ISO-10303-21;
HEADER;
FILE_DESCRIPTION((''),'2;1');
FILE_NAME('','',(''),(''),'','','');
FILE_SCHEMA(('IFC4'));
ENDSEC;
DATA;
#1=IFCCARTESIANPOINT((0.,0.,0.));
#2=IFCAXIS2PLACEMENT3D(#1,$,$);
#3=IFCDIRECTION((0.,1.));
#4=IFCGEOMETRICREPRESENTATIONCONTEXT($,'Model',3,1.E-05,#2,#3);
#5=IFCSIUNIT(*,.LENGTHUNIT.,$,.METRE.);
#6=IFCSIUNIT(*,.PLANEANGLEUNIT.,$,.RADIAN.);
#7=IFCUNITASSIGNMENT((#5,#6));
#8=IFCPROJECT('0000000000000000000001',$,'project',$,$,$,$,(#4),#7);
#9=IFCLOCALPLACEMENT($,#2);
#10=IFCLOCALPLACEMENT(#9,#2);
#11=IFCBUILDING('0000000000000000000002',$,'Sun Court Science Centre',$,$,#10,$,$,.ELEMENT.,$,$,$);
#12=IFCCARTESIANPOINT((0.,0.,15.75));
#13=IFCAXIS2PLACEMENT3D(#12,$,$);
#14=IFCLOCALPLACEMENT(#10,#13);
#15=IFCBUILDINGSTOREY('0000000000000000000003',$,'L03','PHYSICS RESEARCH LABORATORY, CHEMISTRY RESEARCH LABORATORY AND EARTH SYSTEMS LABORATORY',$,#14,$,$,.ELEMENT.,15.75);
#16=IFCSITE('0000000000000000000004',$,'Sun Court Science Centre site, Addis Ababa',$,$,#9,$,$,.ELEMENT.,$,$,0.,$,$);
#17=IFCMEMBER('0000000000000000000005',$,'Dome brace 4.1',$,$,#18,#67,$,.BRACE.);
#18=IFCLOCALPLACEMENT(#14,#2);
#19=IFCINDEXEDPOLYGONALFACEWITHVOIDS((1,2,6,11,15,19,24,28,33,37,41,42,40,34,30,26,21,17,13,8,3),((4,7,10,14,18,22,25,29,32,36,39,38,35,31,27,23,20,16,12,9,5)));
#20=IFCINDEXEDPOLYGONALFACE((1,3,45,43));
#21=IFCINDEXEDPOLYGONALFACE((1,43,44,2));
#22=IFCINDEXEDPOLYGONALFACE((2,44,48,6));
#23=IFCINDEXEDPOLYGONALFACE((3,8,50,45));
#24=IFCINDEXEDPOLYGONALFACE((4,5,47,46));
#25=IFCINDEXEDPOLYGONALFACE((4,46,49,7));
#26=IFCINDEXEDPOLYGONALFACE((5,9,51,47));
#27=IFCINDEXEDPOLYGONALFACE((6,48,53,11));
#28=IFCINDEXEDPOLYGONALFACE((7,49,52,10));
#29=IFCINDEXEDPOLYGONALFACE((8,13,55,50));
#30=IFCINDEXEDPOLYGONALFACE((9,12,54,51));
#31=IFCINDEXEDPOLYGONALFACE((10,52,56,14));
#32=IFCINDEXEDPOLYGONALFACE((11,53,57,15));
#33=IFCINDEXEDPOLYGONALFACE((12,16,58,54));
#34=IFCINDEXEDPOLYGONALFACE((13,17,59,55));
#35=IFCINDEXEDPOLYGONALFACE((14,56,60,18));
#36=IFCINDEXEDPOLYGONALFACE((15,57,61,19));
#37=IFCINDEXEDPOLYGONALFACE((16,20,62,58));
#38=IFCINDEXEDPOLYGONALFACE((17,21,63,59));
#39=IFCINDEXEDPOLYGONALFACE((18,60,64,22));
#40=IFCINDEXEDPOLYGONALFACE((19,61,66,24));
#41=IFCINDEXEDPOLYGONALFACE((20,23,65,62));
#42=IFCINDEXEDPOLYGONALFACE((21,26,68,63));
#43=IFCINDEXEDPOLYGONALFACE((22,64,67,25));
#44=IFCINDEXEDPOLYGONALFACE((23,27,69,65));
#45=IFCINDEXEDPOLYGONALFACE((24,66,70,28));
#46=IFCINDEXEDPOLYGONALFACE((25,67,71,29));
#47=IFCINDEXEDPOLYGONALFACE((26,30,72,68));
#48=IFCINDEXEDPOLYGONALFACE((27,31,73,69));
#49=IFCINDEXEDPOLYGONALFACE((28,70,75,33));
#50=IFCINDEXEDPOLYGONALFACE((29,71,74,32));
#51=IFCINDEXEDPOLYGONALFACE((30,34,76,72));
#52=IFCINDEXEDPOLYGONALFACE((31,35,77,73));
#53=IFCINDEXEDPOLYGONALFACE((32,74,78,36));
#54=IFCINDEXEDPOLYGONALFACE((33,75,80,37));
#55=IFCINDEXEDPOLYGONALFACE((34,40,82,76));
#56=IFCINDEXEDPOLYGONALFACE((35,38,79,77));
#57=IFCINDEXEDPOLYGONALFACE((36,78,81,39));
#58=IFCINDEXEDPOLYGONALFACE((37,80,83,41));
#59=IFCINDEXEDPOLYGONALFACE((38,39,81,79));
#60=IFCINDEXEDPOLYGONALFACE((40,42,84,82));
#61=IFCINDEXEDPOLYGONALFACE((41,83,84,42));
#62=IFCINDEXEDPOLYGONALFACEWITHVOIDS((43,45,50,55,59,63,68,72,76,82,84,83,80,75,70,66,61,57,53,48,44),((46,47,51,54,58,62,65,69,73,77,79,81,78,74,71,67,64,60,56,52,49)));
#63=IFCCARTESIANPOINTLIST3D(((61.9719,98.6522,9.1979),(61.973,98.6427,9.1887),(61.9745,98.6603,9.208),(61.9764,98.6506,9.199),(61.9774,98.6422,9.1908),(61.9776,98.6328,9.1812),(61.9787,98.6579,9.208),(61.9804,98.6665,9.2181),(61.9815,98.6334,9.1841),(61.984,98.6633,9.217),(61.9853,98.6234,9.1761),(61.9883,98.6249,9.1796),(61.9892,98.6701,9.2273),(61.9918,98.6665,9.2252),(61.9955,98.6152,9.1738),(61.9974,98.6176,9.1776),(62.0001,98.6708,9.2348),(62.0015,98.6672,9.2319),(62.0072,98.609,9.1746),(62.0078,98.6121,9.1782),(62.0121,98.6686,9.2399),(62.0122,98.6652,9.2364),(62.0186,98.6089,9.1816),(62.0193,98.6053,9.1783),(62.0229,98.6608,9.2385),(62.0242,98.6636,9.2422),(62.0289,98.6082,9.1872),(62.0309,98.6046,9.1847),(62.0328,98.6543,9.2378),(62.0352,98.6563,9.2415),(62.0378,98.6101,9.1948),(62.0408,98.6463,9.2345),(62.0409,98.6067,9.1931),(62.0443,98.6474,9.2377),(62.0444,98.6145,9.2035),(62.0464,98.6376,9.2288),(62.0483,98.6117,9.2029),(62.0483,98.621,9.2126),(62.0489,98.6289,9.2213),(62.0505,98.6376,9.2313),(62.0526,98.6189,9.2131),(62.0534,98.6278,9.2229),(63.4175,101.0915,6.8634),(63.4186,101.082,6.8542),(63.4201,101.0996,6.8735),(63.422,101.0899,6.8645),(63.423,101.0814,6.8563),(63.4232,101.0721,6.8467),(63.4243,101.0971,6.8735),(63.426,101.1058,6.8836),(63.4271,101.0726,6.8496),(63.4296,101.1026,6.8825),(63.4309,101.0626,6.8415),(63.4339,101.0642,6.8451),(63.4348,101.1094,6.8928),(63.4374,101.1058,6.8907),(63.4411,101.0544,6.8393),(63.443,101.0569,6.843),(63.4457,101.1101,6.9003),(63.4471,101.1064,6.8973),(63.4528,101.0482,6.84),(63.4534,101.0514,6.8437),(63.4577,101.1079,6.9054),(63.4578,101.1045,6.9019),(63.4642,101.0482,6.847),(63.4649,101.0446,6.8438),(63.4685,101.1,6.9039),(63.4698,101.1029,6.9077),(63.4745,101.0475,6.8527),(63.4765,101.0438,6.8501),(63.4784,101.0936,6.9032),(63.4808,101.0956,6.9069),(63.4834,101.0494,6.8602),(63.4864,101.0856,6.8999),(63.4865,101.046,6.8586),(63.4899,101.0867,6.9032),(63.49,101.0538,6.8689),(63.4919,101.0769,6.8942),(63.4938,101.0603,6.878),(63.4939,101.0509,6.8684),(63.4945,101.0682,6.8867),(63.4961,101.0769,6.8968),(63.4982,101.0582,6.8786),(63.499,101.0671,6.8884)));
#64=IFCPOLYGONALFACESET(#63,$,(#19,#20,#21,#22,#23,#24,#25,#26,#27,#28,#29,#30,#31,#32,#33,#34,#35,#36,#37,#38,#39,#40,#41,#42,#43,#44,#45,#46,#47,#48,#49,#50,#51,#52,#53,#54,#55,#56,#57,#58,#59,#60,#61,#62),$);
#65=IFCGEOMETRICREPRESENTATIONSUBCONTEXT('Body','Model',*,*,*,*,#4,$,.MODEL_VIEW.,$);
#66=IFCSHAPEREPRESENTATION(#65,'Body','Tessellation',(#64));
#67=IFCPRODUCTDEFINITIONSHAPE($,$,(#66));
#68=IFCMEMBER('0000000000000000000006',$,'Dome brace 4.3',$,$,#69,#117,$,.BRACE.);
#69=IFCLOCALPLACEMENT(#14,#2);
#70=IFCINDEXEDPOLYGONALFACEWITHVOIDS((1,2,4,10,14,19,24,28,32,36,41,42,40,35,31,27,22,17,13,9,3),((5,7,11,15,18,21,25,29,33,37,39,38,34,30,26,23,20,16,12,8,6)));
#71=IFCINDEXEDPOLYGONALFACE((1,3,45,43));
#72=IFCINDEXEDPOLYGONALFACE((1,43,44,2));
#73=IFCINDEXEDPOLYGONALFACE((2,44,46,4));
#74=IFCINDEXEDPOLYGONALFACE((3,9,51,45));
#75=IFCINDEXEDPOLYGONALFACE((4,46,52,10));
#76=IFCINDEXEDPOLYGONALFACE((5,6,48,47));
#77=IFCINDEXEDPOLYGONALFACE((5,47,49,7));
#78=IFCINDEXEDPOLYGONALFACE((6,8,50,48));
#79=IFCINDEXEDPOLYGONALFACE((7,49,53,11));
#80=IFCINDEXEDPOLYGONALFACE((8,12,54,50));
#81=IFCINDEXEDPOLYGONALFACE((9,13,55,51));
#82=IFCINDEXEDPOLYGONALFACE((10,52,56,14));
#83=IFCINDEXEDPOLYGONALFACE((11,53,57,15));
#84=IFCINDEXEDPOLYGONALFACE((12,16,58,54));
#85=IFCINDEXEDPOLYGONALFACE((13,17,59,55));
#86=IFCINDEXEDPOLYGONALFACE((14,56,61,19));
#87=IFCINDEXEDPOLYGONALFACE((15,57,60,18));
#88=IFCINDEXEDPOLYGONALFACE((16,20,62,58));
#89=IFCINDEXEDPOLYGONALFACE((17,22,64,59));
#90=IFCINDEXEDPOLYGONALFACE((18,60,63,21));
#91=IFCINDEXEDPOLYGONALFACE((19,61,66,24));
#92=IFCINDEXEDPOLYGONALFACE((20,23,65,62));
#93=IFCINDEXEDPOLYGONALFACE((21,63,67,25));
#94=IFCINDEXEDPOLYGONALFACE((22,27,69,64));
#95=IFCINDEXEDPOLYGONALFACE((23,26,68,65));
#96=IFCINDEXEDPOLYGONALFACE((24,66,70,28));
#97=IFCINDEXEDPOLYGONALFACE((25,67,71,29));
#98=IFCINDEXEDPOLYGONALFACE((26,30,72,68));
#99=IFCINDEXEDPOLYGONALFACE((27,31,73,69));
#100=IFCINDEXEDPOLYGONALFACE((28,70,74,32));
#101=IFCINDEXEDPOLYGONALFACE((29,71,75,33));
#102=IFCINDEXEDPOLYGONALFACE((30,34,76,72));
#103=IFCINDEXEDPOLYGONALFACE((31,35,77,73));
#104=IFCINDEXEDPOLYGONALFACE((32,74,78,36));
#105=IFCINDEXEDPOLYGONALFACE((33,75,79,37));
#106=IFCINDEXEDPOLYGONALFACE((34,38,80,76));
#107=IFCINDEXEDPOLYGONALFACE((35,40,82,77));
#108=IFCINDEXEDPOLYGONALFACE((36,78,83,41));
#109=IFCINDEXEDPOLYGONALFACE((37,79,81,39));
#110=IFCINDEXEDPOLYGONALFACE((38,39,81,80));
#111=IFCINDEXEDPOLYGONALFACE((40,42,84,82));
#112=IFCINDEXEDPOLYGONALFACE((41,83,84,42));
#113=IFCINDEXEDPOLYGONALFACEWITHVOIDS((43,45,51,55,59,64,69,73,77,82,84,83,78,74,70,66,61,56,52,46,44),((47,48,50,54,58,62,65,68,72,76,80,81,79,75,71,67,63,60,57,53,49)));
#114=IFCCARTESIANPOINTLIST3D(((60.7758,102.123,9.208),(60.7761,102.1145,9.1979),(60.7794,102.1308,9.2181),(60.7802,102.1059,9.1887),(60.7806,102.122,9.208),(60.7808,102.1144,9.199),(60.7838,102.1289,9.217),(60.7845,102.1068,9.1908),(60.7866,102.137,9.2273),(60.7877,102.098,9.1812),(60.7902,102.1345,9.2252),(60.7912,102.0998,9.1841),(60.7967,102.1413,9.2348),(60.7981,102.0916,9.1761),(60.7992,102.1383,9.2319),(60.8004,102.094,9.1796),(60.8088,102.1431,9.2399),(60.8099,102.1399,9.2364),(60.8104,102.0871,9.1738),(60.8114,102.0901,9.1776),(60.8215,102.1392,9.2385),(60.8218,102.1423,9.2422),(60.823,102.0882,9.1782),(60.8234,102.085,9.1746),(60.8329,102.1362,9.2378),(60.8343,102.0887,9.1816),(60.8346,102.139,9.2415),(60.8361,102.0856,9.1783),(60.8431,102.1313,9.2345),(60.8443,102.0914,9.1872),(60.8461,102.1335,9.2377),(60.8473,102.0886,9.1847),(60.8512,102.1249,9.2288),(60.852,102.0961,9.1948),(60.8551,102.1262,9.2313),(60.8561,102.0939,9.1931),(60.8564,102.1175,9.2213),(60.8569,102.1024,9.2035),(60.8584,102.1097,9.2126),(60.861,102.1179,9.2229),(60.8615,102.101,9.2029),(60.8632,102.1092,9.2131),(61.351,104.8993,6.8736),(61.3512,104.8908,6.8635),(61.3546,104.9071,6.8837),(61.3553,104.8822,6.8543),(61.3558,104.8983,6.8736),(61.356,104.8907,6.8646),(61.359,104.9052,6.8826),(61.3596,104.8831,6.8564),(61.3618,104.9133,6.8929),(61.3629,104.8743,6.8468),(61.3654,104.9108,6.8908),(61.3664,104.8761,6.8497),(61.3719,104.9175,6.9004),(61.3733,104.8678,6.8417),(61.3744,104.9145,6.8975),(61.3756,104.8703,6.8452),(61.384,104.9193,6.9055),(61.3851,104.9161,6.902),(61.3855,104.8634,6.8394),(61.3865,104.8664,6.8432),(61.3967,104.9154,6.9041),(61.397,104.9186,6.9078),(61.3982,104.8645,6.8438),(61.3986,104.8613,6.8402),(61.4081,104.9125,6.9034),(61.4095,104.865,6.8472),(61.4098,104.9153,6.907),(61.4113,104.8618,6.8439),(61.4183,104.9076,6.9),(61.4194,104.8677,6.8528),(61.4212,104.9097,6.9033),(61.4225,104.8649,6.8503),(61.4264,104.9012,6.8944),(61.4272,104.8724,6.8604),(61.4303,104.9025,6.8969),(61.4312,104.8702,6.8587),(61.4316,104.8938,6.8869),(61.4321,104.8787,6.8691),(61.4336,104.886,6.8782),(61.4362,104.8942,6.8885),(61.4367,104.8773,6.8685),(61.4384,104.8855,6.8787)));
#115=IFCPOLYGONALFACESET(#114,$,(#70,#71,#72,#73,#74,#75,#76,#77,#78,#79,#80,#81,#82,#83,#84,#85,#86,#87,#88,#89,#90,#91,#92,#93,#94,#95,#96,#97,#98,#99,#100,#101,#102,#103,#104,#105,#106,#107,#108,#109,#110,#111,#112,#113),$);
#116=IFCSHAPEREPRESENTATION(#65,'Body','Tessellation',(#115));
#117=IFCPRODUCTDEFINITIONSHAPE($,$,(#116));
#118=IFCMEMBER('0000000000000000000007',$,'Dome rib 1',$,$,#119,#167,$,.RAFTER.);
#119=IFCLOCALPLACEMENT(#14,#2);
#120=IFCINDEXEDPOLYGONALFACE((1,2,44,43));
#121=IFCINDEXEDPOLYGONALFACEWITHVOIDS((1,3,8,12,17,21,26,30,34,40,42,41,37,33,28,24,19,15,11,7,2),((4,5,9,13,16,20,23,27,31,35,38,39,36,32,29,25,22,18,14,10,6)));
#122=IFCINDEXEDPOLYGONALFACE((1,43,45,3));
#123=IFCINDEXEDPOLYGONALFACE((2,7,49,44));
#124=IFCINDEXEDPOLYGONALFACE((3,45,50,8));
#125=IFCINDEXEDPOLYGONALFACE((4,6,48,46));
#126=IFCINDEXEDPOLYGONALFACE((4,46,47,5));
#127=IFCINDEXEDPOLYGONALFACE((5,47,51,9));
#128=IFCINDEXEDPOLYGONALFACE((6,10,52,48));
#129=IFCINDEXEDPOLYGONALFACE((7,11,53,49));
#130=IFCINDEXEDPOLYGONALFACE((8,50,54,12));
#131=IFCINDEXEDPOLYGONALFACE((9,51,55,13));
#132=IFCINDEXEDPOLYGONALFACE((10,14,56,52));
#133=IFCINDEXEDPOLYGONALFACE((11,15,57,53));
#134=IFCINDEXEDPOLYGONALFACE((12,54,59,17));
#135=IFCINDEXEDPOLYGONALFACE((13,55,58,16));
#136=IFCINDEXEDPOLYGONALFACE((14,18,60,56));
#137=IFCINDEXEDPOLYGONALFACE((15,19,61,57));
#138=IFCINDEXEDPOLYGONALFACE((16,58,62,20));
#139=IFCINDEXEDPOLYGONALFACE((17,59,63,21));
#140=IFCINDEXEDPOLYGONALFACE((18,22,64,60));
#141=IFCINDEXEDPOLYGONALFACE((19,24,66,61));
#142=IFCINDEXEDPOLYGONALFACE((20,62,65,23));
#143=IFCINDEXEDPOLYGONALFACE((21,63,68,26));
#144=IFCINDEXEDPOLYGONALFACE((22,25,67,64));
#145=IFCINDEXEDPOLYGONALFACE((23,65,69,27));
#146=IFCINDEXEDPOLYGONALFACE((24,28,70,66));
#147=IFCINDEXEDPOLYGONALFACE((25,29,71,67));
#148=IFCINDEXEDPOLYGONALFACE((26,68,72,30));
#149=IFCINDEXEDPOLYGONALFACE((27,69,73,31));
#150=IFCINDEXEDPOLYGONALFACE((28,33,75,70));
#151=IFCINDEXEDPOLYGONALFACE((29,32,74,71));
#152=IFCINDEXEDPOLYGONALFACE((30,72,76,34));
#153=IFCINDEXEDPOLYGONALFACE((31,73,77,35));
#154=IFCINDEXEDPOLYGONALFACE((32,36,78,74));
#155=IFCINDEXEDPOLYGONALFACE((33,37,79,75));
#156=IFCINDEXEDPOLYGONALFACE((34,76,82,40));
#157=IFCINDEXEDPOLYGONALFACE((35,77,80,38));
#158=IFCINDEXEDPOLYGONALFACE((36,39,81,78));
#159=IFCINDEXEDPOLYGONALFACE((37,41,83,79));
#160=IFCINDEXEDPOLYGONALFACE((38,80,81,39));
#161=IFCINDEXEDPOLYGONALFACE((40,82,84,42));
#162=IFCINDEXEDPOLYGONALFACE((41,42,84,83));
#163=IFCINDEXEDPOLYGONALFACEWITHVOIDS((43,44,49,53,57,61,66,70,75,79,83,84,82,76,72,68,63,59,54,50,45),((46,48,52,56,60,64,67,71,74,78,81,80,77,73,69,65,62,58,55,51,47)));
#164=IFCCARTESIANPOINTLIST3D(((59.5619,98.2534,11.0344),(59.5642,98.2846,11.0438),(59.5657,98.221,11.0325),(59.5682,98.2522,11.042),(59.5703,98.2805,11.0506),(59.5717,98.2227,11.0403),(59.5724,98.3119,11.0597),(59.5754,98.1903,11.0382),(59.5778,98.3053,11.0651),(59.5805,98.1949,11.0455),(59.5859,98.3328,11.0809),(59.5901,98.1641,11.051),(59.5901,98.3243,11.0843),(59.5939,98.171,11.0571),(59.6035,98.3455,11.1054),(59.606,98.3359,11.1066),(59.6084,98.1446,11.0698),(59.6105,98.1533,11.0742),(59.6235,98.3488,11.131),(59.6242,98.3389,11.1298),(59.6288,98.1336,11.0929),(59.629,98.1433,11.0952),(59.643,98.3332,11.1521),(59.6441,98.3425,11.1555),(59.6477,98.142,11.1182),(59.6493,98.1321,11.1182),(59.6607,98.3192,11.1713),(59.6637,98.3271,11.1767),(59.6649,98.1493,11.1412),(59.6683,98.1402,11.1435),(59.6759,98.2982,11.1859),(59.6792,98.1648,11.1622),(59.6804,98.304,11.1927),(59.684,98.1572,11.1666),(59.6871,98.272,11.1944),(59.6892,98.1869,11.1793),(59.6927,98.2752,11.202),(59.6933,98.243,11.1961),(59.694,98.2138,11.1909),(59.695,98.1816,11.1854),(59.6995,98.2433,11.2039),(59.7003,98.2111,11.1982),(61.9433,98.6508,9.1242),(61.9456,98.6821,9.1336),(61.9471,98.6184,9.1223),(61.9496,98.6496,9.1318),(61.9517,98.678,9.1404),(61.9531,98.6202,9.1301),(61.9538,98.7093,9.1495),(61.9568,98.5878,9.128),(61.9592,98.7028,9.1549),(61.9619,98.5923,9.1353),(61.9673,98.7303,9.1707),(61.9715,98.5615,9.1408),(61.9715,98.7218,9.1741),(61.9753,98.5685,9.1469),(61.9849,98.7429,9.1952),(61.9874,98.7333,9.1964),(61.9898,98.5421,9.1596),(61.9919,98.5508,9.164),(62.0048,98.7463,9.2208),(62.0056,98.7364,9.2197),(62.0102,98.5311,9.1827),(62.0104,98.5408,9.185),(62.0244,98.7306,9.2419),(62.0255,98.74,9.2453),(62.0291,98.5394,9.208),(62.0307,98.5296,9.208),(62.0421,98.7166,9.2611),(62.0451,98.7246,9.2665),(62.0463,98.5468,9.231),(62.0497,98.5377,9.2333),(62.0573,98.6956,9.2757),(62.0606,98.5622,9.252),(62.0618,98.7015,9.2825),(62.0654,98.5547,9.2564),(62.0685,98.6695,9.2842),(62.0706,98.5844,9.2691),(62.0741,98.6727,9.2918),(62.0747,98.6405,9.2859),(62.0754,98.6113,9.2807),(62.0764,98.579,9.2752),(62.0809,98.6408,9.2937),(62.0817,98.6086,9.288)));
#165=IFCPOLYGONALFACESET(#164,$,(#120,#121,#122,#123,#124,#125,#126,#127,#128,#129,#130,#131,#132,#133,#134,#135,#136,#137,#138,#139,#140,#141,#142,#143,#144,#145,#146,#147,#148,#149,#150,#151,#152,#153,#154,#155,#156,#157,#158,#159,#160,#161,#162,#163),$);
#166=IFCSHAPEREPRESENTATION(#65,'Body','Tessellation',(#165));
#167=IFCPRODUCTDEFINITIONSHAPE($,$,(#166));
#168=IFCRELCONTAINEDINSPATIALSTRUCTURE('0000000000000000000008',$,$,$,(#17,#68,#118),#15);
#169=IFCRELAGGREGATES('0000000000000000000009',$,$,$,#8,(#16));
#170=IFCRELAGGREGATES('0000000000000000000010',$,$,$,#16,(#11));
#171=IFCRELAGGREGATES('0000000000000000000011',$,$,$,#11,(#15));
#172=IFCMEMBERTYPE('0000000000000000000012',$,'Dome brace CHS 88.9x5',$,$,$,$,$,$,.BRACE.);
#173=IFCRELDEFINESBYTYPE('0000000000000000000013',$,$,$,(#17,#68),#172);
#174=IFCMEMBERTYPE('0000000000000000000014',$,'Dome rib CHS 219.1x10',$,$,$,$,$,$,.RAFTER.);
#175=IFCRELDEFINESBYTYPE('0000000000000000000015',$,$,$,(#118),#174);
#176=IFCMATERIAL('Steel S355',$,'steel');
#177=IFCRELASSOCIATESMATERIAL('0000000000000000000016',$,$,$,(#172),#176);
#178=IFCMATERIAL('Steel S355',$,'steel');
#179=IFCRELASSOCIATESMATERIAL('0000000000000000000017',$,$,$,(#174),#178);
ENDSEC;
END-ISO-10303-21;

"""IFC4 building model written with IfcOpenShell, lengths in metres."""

from ifc_helpers import new_model, si_unit, direction, frame, origin, origin_2d, place, context, subcontext, project, spatial, hollow_circle, extrude, material, material_profile, profile_set, type_object, element, save


model = new_model("IFC4")

# Units and contexts
model_context = context("Model", 3, precision=1e-05, world=origin(), true_north=direction((0.0, 1.0)))
body_context = subcontext(model_context, "Body", "Model", "MODEL_VIEW")
ifc_project = project(units=[si_unit("LENGTHUNIT", "METRE"), si_unit("PLANEANGLEUNIT", "RADIAN")], contexts=[model_context])

# Site, building, storey
site_placement = place(None, origin())
site = spatial("IfcSite", under=ifc_project, at=site_placement, Name="Sun Court Science Centre site, Addis Ababa", CompositionType="ELEMENT", RefElevation=0.0)
building_placement = place(site_placement, origin())
building = spatial("IfcBuilding", under=site, at=building_placement, Name="Sun Court Science Centre", CompositionType="ELEMENT")
storey_placement = place(building_placement, frame((0.0, 0.0, 15.75)))
storey = spatial("IfcBuildingStorey", under=building, at=storey_placement, Name="L03", Description="PHYSICS RESEARCH LABORATORY, CHEMISTRY RESEARCH LABORATORY AND EARTH SYSTEMS LABORATORY", CompositionType="ELEMENT", Elevation=15.75)

# Members
ifc_material_1 = material(Name="Steel S355", Category="steel")
ifc_material_profile_1 = material_profile(ifc_material_1, hollow_circle(Radius=0.0444, WallThickness=0.0049, at=origin_2d()), Name="CHS 88.9x5")
ifc_profile_set_1 = profile_set([ifc_material_profile_1], Name="Steel S355")
member_type_1 = type_object("IfcMemberType", Name="Dome brace CHS 88.9x5", PredefinedType="BRACE", material=ifc_profile_set_1)
member_1_placement = place(storey_placement, frame((62.0127, 98.6377, 9.208), z_axis=(0.393589, 0.664136, -0.635619), x_axis=(-0.860276, 0.509828, 0.0)))
element("IfcMember", 1, at=member_1_placement, inside=storey, type_object=member_type_1, Name="Dome brace 4.1", PredefinedType="BRACE", context=body_context, shape_type="SweptSolid", body=[
    extrude(hollow_circle(Radius=0.0444, WallThickness=0.0049, at=origin_2d()), origin(), (0.0, 0.0, 1.0), 3.6729),
])
member_2_placement = place(storey_placement, frame((60.8193, 102.114, 9.208), z_axis=(0.156613, 0.755944, -0.635626), x_axis=(-0.979206, 0.202868, 0.0)))
element("IfcMember", 2, at=member_2_placement, inside=storey, type_object=member_type_1, Name="Dome brace 4.3", PredefinedType="BRACE", context=body_context, shape_type="SweptSolid", body=[
    extrude(hollow_circle(Radius=0.0444, WallThickness=0.0049, at=origin_2d()), origin(), (0.0, 0.0, 1.0), 3.6726),
])
ifc_material_2 = material(Name="Steel S355", Category="steel")
ifc_material_profile_2 = material_profile(ifc_material_2, hollow_circle(Radius=0.1096, WallThickness=0.01, at=origin_2d()), Name="CHS 219.1x10")
ifc_profile_set_2 = profile_set([ifc_material_profile_2], Name="Steel S355")
member_type_2 = type_object("IfcMemberType", Name="Dome rib CHS 219.1x10", PredefinedType="RAFTER", material=ifc_profile_set_2)
for number, where, z_axis, x_axis, name in (
    (3, (62.0127, 98.6377, 9.208), (-0.773528, -0.129106, 0.620472), (0.164629, -0.986356, 0.0), "Dome rib 1"),
):
    element("IfcMember", number, at=place(storey_placement, frame(where, z_axis=z_axis, x_axis=x_axis)), inside=storey, type_object=member_type_2, Name=name, PredefinedType="RAFTER", context=body_context, shape_type="SweptSolid", body=[
        extrude(hollow_circle(Radius=0.1096, WallThickness=0.01, at=origin_2d()), origin(), (0.0, 0.0, 1.0), 3.0786),
    ])

save(model, "model.ifc")
